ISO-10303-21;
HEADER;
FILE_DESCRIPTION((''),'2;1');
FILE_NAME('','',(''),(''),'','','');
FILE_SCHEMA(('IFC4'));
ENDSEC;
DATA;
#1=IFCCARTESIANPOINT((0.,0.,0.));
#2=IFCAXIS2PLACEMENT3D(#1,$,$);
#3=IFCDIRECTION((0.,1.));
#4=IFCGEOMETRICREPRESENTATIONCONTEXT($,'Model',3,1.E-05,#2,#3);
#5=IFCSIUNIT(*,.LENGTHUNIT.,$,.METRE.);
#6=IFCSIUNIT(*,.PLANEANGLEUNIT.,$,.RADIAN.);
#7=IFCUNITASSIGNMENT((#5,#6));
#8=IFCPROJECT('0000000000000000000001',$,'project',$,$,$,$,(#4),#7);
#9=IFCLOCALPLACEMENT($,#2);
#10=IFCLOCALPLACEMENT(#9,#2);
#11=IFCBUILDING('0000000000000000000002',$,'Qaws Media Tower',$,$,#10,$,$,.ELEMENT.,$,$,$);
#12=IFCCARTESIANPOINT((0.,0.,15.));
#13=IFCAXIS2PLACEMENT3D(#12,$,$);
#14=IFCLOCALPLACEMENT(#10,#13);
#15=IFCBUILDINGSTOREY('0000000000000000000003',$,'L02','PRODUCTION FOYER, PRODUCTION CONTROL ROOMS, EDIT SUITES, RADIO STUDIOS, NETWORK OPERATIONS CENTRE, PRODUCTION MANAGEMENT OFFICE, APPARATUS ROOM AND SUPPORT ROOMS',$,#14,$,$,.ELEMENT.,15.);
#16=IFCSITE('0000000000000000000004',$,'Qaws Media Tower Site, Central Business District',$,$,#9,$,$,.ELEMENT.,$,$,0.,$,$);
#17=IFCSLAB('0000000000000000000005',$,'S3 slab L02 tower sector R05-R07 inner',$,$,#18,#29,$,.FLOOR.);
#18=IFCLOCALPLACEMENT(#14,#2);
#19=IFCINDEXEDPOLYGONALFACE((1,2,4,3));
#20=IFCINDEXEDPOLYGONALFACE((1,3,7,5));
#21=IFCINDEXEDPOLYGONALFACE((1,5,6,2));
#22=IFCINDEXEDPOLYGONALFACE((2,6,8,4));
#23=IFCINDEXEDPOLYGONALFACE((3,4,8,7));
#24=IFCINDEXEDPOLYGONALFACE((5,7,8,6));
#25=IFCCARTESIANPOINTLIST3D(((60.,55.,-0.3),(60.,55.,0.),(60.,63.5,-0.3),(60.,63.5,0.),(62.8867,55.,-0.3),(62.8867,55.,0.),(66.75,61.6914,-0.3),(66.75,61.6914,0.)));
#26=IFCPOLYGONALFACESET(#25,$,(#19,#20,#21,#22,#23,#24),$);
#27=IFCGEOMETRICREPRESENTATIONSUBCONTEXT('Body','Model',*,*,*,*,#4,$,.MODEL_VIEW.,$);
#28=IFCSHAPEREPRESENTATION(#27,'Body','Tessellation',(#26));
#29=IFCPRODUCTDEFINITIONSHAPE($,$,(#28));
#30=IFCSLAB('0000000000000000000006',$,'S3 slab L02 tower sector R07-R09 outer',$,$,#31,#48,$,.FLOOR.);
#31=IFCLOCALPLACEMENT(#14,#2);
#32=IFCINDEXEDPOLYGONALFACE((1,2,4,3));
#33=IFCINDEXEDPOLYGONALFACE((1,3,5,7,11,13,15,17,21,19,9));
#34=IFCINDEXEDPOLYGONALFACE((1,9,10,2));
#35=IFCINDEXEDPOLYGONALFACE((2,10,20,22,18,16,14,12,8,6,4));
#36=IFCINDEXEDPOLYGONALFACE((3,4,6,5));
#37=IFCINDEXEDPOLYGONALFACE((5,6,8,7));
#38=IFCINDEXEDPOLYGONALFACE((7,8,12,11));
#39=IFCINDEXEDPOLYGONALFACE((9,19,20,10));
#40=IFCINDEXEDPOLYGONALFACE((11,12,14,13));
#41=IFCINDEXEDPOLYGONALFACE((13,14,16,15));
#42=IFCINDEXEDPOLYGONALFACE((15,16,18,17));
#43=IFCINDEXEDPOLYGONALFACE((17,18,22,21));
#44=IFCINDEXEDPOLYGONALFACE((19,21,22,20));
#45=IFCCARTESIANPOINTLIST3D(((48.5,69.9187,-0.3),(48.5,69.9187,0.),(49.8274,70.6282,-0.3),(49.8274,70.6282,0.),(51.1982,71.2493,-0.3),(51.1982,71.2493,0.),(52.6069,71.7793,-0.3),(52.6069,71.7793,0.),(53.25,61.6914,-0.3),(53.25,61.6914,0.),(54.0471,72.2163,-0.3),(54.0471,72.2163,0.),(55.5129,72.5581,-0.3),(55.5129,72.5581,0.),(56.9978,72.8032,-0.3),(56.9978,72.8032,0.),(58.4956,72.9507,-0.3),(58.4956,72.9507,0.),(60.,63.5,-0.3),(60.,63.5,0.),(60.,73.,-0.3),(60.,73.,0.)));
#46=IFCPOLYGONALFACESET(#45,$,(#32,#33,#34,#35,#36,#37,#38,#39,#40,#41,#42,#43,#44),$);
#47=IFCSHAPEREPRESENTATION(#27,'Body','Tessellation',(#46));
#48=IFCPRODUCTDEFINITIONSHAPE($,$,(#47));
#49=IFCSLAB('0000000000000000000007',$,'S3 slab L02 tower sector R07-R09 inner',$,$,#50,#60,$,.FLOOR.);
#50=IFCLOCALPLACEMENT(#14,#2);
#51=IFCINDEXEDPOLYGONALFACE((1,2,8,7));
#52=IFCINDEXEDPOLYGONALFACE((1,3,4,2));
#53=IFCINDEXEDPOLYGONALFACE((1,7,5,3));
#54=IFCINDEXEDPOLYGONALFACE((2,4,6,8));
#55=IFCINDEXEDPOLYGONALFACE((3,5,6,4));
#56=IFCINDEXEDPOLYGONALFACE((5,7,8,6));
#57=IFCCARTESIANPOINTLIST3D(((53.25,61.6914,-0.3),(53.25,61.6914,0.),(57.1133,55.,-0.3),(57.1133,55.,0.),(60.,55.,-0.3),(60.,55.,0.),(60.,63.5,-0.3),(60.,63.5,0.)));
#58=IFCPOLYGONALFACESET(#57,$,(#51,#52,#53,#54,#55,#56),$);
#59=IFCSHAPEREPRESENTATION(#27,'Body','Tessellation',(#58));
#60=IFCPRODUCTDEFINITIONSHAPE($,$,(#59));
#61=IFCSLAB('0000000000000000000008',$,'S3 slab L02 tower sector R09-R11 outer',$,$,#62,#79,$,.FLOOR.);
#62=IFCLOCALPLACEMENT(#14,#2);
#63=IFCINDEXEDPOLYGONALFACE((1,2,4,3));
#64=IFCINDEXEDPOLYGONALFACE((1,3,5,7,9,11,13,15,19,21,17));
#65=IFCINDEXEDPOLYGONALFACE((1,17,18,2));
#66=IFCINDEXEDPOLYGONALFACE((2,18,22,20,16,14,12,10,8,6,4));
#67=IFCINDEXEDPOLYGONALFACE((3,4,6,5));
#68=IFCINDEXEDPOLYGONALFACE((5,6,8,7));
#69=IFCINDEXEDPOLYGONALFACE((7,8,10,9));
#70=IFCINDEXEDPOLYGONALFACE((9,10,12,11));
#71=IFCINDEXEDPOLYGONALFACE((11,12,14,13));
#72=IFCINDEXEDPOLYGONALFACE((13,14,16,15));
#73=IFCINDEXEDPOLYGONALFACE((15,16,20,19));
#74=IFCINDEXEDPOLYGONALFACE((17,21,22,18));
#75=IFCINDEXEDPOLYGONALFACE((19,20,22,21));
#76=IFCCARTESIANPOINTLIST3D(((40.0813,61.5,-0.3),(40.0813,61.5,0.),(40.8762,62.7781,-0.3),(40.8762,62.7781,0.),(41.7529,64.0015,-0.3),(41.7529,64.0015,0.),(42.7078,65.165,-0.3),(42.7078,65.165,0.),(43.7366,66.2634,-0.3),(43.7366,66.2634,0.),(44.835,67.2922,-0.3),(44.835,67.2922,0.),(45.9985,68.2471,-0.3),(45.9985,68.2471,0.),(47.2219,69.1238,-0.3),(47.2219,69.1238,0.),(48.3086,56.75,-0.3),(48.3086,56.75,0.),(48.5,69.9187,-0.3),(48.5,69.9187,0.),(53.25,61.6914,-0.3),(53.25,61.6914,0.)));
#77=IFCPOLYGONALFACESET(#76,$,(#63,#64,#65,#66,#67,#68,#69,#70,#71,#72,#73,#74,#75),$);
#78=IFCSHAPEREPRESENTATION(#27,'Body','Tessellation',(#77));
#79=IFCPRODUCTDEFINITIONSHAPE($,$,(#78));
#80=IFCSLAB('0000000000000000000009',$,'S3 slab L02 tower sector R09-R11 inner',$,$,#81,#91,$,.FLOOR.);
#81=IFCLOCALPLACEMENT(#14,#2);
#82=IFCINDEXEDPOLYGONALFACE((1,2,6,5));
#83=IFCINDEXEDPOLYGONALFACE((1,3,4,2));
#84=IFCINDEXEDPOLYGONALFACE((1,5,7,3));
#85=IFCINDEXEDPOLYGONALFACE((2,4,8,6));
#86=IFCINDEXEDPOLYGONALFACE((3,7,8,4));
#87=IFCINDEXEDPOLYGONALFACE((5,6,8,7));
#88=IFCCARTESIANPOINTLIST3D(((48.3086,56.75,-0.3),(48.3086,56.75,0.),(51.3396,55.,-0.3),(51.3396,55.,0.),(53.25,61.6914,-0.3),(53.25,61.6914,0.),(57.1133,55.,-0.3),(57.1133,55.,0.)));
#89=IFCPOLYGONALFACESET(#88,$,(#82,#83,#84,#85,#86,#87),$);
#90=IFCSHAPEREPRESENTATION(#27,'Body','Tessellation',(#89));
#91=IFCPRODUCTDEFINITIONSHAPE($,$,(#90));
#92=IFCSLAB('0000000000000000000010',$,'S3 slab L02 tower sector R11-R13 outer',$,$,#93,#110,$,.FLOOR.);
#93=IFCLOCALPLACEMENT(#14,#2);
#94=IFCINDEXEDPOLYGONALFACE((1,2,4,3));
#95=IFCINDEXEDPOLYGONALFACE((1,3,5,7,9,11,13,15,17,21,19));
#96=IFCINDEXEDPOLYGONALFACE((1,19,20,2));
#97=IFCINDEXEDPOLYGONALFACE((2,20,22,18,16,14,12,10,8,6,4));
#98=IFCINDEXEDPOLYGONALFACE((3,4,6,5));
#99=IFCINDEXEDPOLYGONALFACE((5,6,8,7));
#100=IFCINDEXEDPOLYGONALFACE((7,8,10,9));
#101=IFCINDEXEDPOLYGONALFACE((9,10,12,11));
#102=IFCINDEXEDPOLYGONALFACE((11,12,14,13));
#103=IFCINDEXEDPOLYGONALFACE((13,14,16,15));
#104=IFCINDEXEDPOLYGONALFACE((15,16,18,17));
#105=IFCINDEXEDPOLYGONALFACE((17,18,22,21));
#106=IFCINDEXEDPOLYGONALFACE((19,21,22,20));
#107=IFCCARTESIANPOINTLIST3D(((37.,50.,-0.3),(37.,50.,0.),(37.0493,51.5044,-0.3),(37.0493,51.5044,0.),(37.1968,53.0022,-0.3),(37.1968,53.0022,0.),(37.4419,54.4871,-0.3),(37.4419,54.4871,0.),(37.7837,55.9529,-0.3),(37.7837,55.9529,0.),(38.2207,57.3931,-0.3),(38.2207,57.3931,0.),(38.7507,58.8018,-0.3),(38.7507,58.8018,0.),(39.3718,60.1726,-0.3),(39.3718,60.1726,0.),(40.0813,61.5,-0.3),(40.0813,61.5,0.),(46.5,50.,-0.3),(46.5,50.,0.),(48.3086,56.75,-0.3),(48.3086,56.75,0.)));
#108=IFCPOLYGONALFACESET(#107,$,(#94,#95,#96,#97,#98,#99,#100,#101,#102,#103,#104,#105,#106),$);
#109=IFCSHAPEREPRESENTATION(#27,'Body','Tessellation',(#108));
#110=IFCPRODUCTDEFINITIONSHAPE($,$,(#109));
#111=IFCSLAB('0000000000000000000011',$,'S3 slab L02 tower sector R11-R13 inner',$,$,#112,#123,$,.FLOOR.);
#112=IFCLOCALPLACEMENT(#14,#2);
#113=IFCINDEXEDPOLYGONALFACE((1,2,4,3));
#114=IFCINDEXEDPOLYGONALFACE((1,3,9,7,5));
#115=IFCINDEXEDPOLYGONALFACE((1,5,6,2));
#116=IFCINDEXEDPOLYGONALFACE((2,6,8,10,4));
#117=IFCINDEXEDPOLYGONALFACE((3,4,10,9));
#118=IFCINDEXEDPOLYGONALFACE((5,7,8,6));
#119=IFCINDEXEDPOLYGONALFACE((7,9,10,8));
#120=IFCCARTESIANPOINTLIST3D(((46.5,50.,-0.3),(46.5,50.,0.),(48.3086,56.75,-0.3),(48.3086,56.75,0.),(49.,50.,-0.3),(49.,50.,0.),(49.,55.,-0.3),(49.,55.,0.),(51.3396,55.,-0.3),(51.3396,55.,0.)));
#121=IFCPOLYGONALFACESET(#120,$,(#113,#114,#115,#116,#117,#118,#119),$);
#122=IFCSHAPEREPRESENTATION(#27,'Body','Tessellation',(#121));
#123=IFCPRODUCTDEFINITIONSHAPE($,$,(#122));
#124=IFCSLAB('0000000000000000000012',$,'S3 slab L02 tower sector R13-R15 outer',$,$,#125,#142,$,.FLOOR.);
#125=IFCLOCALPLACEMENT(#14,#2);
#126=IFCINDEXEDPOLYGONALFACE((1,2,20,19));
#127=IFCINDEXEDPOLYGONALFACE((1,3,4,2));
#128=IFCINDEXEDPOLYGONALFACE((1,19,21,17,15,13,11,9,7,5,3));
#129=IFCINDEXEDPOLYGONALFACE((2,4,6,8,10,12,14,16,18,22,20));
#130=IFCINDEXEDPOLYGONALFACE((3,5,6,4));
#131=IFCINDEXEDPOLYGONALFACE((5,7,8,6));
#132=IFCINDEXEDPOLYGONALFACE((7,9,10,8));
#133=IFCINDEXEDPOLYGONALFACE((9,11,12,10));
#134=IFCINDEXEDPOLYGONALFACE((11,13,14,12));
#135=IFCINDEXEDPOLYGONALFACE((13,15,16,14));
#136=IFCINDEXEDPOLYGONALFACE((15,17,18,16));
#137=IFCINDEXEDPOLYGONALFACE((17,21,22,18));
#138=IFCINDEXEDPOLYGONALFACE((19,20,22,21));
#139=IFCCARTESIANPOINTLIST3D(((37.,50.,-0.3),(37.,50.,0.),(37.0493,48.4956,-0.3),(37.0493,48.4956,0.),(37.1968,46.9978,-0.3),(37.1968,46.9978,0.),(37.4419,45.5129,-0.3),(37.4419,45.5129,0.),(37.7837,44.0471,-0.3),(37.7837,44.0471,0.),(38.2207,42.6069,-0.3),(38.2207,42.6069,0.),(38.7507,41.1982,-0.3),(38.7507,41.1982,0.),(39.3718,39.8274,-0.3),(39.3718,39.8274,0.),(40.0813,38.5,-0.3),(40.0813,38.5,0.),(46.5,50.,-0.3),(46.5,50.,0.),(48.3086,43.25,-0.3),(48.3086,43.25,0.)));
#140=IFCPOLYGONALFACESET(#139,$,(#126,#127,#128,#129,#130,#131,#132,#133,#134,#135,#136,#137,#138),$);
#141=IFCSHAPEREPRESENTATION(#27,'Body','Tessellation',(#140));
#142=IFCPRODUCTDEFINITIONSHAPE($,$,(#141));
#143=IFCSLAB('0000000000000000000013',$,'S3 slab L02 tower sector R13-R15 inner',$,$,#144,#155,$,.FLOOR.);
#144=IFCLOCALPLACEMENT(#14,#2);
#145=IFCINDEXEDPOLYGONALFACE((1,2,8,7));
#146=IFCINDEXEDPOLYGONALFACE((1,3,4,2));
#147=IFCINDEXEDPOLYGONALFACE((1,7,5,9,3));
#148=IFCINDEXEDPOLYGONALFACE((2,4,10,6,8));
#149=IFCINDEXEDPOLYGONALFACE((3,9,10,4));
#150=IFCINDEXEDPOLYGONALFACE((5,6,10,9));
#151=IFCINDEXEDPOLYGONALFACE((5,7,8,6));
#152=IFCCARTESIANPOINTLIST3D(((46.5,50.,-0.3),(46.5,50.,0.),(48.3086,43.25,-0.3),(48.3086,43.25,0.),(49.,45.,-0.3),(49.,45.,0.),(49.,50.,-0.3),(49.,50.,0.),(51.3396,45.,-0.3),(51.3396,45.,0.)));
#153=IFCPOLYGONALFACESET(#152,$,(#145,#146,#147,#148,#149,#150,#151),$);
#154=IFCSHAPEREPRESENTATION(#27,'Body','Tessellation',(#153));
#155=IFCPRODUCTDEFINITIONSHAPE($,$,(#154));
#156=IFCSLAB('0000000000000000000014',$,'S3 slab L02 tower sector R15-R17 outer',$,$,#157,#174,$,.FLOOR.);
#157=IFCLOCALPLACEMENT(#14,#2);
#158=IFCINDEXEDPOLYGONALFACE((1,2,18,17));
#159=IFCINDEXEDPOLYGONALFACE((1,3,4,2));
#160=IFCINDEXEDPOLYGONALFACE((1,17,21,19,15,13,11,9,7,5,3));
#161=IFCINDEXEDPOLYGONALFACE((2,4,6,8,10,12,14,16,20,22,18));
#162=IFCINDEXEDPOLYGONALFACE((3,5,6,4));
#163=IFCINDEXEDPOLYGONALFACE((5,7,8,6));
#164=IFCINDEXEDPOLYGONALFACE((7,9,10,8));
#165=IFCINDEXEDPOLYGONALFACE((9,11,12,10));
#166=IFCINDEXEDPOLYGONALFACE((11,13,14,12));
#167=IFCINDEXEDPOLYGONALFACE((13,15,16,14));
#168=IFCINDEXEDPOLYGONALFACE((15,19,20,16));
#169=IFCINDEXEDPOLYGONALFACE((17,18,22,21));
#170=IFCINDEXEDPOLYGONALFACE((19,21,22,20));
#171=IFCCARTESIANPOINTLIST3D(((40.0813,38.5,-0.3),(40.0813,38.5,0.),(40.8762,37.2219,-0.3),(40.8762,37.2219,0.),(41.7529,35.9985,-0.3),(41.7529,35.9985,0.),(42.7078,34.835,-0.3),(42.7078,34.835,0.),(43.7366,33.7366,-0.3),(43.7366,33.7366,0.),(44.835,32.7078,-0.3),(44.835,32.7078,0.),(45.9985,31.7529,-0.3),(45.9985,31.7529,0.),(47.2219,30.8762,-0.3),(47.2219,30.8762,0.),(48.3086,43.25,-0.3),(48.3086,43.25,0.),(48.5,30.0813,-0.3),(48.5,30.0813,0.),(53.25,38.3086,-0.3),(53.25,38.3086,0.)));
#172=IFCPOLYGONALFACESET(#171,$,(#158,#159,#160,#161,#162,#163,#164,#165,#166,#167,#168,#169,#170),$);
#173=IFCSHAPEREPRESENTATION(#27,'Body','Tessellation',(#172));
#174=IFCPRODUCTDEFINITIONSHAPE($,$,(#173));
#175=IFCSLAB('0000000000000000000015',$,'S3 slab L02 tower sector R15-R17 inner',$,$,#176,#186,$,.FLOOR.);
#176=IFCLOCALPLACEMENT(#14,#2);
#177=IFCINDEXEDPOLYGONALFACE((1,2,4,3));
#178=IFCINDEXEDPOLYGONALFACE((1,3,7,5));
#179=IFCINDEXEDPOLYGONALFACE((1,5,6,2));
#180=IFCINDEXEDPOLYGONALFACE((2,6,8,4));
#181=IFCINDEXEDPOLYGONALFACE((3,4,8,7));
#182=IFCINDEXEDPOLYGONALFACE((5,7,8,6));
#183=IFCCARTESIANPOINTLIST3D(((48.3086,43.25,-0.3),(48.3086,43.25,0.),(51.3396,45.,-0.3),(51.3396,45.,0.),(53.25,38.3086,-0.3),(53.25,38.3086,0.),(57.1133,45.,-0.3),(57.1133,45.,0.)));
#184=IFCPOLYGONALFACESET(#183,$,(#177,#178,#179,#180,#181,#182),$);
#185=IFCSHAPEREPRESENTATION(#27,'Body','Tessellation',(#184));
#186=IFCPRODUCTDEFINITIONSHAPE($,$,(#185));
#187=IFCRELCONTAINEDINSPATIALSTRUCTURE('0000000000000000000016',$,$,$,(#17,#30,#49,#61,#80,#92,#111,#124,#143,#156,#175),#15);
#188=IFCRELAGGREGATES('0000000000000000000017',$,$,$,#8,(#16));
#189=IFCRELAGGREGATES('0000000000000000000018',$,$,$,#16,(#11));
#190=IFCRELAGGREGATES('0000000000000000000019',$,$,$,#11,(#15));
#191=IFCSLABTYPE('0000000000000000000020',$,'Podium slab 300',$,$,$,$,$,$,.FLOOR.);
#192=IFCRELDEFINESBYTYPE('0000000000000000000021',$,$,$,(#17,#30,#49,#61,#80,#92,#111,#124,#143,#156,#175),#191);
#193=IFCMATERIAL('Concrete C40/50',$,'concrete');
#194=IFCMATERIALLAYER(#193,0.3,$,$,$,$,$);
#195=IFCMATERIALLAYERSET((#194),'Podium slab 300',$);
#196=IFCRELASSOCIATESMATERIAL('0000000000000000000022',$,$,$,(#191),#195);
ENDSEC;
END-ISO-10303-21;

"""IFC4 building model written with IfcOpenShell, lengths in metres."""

from ifc_helpers import new_model, si_unit, direction, frame, origin, place, context, subcontext, project, spatial, polyline, outline, extrude, material, layer, layer_set, type_object, element, save


model = new_model("IFC4")

# Units and contexts
model_context = context("Model", 3, precision=1e-05, world=origin(), true_north=direction((0.0, 1.0)))
body_context = subcontext(model_context, "Body", "Model", "MODEL_VIEW")
ifc_project = project(units=[si_unit("LENGTHUNIT", "METRE"), si_unit("PLANEANGLEUNIT", "RADIAN")], contexts=[model_context])

# Site, building, storey
site_placement = place(None, origin())
site = spatial("IfcSite", under=ifc_project, at=site_placement, Name="Qaws Media Tower Site, Central Business District", CompositionType="ELEMENT", RefElevation=0.0)
building_placement = place(site_placement, origin())
building = spatial("IfcBuilding", under=site, at=building_placement, Name="Qaws Media Tower", CompositionType="ELEMENT")
storey_placement = place(building_placement, frame((0.0, 0.0, 15.0)))
storey = spatial("IfcBuildingStorey", under=building, at=storey_placement, Name="L02", Description="PRODUCTION FOYER, PRODUCTION CONTROL ROOMS, EDIT SUITES, RADIO STUDIOS, NETWORK OPERATIONS CENTRE, PRODUCTION MANAGEMENT OFFICE, APPARATUS ROOM AND SUPPORT ROOMS", CompositionType="ELEMENT", Elevation=15.0)

# Slabs
ifc_material_1 = material(Name="Concrete C40/50", Category="concrete")
ifc_layer_1 = layer(ifc_material_1, 0.3)
ifc_layer_set_1 = layer_set([ifc_layer_1], Name="Podium slab 300")
slab_type = type_object("IfcSlabType", Name="Podium slab 300", PredefinedType="FLOOR", material=ifc_layer_set_1)
slab_1_placement = place(storey_placement, frame((0.0, 0.0, -0.3)))
element("IfcSlab", 1, at=slab_1_placement, inside=storey, type_object=slab_type, Name="S3 slab L02 tower sector R05-R07 inner", PredefinedType="FLOOR", context=body_context, shape_type="SweptSolid", body=[
    extrude(outline(polyline([(62.8867, 55.0), (60.0, 55.0), (60.0, 63.5), (66.75, 61.6914), (62.8867, 55.0)])), origin(), (0.0, 0.0, 1.0), 0.3),
])
slab_2_placement = place(storey_placement, frame((0.0, 0.0, -0.3)))
element("IfcSlab", 2, at=slab_2_placement, inside=storey, type_object=slab_type, Name="S3 slab L02 tower sector R07-R09 outer", PredefinedType="FLOOR", context=body_context, shape_type="SweptSolid", body=[
    extrude(outline(polyline([(56.9978, 72.8032), (58.4956, 72.9507), (60.0, 73.0), (60.0, 63.5), (53.25, 61.6914), (48.5, 69.9187), (49.8274, 70.6282), (51.1982, 71.2493), (52.6069, 71.7793), (54.0471, 72.2163), (55.5129, 72.5581), (56.9978, 72.8032)])), origin(), (0.0, 0.0, 1.0), 0.3),
])
slab_3_placement = place(storey_placement, frame((0.0, 0.0, -0.3)))
element("IfcSlab", 3, at=slab_3_placement, inside=storey, type_object=slab_type, Name="S3 slab L02 tower sector R07-R09 inner", PredefinedType="FLOOR", context=body_context, shape_type="SweptSolid", body=[
    extrude(outline(polyline([(60.0, 55.0), (57.1133, 55.0), (53.25, 61.6914), (60.0, 63.5), (60.0, 55.0)])), origin(), (0.0, 0.0, 1.0), 0.3),
])
slab_4_placement = place(storey_placement, frame((0.0, 0.0, -0.3)))
element("IfcSlab", 4, at=slab_4_placement, inside=storey, type_object=slab_type, Name="S3 slab L02 tower sector R09-R11 outer", PredefinedType="FLOOR", context=body_context, shape_type="SweptSolid", body=[
    extrude(outline(polyline([(45.9985, 68.2471), (47.2219, 69.1238), (48.5, 69.9187), (53.25, 61.6914), (48.3086, 56.75), (40.0813, 61.5), (40.8762, 62.7781), (41.7529, 64.0015), (42.7078, 65.165), (43.7366, 66.2634), (44.835, 67.2922), (45.9985, 68.2471)])), origin(), (0.0, 0.0, 1.0), 0.3),
])
slab_5_placement = place(storey_placement, frame((0.0, 0.0, -0.3)))
element("IfcSlab", 5, at=slab_5_placement, inside=storey, type_object=slab_type, Name="S3 slab L02 tower sector R09-R11 inner", PredefinedType="FLOOR", context=body_context, shape_type="SweptSolid", body=[
    extrude(outline(polyline([(57.1133, 55.0), (51.3396, 55.0), (48.3086, 56.75), (53.25, 61.6914), (57.1133, 55.0)])), origin(), (0.0, 0.0, 1.0), 0.3),
])
slab_6_placement = place(storey_placement, frame((0.0, 0.0, -0.3)))
element("IfcSlab", 6, at=slab_6_placement, inside=storey, type_object=slab_type, Name="S3 slab L02 tower sector R11-R13 outer", PredefinedType="FLOOR", context=body_context, shape_type="SweptSolid", body=[
    extrude(outline(polyline([(38.7507, 58.8018), (39.3718, 60.1726), (40.0813, 61.5), (48.3086, 56.75), (46.5, 50.0), (37.0, 50.0), (37.0493, 51.5044), (37.1968, 53.0022), (37.4419, 54.4871), (37.7837, 55.9529), (38.2207, 57.3931), (38.7507, 58.8018)])), origin(), (0.0, 0.0, 1.0), 0.3),
])
slab_7_placement = place(storey_placement, frame((0.0, 0.0, -0.3)))
element("IfcSlab", 7, at=slab_7_placement, inside=storey, type_object=slab_type, Name="S3 slab L02 tower sector R11-R13 inner", PredefinedType="FLOOR", context=body_context, shape_type="SweptSolid", body=[
    extrude(outline(polyline([(51.3396, 55.0), (49.0, 55.0), (49.0, 50.0), (46.5, 50.0), (48.3086, 56.75), (51.3396, 55.0)])), origin(), (0.0, 0.0, 1.0), 0.3),
])
slab_8_placement = place(storey_placement, frame((0.0, 0.0, -0.3)))
element("IfcSlab", 8, at=slab_8_placement, inside=storey, type_object=slab_type, Name="S3 slab L02 tower sector R13-R15 outer", PredefinedType="FLOOR", context=body_context, shape_type="SweptSolid", body=[
    extrude(outline(polyline([(37.1968, 46.9978), (37.0493, 48.4956), (37.0, 50.0), (46.5, 50.0), (48.3086, 43.25), (40.0813, 38.5), (39.3718, 39.8274), (38.7507, 41.1982), (38.2207, 42.6069), (37.7837, 44.0471), (37.4419, 45.5129), (37.1968, 46.9978)])), origin(), (0.0, 0.0, 1.0), 0.3),
])
slab_9_placement = place(storey_placement, frame((0.0, 0.0, -0.3)))
element("IfcSlab", 9, at=slab_9_placement, inside=storey, type_object=slab_type, Name="S3 slab L02 tower sector R13-R15 inner", PredefinedType="FLOOR", context=body_context, shape_type="SweptSolid", body=[
    extrude(outline(polyline([(49.0, 50.0), (49.0, 45.0), (51.3396, 45.0), (48.3086, 43.25), (46.5, 50.0), (49.0, 50.0)])), origin(), (0.0, 0.0, 1.0), 0.3),
])
slab_10_placement = place(storey_placement, frame((0.0, 0.0, -0.3)))
element("IfcSlab", 10, at=slab_10_placement, inside=storey, type_object=slab_type, Name="S3 slab L02 tower sector R15-R17 outer", PredefinedType="FLOOR", context=body_context, shape_type="SweptSolid", body=[
    extrude(outline(polyline([(41.7529, 35.9985), (40.8762, 37.2219), (40.0813, 38.5), (48.3086, 43.25), (53.25, 38.3086), (48.5, 30.0813), (47.2219, 30.8762), (45.9985, 31.7529), (44.835, 32.7078), (43.7366, 33.7366), (42.7078, 34.835), (41.7529, 35.9985)])), origin(), (0.0, 0.0, 1.0), 0.3),
])
slab_11_placement = place(storey_placement, frame((0.0, 0.0, -0.3)))
element("IfcSlab", 11, at=slab_11_placement, inside=storey, type_object=slab_type, Name="S3 slab L02 tower sector R15-R17 inner", PredefinedType="FLOOR", context=body_context, shape_type="SweptSolid", body=[
    extrude(outline(polyline([(51.3396, 45.0), (57.1133, 45.0), (53.25, 38.3086), (48.3086, 43.25), (51.3396, 45.0)])), origin(), (0.0, 0.0, 1.0), 0.3),
])

save(model, "model.ifc")
